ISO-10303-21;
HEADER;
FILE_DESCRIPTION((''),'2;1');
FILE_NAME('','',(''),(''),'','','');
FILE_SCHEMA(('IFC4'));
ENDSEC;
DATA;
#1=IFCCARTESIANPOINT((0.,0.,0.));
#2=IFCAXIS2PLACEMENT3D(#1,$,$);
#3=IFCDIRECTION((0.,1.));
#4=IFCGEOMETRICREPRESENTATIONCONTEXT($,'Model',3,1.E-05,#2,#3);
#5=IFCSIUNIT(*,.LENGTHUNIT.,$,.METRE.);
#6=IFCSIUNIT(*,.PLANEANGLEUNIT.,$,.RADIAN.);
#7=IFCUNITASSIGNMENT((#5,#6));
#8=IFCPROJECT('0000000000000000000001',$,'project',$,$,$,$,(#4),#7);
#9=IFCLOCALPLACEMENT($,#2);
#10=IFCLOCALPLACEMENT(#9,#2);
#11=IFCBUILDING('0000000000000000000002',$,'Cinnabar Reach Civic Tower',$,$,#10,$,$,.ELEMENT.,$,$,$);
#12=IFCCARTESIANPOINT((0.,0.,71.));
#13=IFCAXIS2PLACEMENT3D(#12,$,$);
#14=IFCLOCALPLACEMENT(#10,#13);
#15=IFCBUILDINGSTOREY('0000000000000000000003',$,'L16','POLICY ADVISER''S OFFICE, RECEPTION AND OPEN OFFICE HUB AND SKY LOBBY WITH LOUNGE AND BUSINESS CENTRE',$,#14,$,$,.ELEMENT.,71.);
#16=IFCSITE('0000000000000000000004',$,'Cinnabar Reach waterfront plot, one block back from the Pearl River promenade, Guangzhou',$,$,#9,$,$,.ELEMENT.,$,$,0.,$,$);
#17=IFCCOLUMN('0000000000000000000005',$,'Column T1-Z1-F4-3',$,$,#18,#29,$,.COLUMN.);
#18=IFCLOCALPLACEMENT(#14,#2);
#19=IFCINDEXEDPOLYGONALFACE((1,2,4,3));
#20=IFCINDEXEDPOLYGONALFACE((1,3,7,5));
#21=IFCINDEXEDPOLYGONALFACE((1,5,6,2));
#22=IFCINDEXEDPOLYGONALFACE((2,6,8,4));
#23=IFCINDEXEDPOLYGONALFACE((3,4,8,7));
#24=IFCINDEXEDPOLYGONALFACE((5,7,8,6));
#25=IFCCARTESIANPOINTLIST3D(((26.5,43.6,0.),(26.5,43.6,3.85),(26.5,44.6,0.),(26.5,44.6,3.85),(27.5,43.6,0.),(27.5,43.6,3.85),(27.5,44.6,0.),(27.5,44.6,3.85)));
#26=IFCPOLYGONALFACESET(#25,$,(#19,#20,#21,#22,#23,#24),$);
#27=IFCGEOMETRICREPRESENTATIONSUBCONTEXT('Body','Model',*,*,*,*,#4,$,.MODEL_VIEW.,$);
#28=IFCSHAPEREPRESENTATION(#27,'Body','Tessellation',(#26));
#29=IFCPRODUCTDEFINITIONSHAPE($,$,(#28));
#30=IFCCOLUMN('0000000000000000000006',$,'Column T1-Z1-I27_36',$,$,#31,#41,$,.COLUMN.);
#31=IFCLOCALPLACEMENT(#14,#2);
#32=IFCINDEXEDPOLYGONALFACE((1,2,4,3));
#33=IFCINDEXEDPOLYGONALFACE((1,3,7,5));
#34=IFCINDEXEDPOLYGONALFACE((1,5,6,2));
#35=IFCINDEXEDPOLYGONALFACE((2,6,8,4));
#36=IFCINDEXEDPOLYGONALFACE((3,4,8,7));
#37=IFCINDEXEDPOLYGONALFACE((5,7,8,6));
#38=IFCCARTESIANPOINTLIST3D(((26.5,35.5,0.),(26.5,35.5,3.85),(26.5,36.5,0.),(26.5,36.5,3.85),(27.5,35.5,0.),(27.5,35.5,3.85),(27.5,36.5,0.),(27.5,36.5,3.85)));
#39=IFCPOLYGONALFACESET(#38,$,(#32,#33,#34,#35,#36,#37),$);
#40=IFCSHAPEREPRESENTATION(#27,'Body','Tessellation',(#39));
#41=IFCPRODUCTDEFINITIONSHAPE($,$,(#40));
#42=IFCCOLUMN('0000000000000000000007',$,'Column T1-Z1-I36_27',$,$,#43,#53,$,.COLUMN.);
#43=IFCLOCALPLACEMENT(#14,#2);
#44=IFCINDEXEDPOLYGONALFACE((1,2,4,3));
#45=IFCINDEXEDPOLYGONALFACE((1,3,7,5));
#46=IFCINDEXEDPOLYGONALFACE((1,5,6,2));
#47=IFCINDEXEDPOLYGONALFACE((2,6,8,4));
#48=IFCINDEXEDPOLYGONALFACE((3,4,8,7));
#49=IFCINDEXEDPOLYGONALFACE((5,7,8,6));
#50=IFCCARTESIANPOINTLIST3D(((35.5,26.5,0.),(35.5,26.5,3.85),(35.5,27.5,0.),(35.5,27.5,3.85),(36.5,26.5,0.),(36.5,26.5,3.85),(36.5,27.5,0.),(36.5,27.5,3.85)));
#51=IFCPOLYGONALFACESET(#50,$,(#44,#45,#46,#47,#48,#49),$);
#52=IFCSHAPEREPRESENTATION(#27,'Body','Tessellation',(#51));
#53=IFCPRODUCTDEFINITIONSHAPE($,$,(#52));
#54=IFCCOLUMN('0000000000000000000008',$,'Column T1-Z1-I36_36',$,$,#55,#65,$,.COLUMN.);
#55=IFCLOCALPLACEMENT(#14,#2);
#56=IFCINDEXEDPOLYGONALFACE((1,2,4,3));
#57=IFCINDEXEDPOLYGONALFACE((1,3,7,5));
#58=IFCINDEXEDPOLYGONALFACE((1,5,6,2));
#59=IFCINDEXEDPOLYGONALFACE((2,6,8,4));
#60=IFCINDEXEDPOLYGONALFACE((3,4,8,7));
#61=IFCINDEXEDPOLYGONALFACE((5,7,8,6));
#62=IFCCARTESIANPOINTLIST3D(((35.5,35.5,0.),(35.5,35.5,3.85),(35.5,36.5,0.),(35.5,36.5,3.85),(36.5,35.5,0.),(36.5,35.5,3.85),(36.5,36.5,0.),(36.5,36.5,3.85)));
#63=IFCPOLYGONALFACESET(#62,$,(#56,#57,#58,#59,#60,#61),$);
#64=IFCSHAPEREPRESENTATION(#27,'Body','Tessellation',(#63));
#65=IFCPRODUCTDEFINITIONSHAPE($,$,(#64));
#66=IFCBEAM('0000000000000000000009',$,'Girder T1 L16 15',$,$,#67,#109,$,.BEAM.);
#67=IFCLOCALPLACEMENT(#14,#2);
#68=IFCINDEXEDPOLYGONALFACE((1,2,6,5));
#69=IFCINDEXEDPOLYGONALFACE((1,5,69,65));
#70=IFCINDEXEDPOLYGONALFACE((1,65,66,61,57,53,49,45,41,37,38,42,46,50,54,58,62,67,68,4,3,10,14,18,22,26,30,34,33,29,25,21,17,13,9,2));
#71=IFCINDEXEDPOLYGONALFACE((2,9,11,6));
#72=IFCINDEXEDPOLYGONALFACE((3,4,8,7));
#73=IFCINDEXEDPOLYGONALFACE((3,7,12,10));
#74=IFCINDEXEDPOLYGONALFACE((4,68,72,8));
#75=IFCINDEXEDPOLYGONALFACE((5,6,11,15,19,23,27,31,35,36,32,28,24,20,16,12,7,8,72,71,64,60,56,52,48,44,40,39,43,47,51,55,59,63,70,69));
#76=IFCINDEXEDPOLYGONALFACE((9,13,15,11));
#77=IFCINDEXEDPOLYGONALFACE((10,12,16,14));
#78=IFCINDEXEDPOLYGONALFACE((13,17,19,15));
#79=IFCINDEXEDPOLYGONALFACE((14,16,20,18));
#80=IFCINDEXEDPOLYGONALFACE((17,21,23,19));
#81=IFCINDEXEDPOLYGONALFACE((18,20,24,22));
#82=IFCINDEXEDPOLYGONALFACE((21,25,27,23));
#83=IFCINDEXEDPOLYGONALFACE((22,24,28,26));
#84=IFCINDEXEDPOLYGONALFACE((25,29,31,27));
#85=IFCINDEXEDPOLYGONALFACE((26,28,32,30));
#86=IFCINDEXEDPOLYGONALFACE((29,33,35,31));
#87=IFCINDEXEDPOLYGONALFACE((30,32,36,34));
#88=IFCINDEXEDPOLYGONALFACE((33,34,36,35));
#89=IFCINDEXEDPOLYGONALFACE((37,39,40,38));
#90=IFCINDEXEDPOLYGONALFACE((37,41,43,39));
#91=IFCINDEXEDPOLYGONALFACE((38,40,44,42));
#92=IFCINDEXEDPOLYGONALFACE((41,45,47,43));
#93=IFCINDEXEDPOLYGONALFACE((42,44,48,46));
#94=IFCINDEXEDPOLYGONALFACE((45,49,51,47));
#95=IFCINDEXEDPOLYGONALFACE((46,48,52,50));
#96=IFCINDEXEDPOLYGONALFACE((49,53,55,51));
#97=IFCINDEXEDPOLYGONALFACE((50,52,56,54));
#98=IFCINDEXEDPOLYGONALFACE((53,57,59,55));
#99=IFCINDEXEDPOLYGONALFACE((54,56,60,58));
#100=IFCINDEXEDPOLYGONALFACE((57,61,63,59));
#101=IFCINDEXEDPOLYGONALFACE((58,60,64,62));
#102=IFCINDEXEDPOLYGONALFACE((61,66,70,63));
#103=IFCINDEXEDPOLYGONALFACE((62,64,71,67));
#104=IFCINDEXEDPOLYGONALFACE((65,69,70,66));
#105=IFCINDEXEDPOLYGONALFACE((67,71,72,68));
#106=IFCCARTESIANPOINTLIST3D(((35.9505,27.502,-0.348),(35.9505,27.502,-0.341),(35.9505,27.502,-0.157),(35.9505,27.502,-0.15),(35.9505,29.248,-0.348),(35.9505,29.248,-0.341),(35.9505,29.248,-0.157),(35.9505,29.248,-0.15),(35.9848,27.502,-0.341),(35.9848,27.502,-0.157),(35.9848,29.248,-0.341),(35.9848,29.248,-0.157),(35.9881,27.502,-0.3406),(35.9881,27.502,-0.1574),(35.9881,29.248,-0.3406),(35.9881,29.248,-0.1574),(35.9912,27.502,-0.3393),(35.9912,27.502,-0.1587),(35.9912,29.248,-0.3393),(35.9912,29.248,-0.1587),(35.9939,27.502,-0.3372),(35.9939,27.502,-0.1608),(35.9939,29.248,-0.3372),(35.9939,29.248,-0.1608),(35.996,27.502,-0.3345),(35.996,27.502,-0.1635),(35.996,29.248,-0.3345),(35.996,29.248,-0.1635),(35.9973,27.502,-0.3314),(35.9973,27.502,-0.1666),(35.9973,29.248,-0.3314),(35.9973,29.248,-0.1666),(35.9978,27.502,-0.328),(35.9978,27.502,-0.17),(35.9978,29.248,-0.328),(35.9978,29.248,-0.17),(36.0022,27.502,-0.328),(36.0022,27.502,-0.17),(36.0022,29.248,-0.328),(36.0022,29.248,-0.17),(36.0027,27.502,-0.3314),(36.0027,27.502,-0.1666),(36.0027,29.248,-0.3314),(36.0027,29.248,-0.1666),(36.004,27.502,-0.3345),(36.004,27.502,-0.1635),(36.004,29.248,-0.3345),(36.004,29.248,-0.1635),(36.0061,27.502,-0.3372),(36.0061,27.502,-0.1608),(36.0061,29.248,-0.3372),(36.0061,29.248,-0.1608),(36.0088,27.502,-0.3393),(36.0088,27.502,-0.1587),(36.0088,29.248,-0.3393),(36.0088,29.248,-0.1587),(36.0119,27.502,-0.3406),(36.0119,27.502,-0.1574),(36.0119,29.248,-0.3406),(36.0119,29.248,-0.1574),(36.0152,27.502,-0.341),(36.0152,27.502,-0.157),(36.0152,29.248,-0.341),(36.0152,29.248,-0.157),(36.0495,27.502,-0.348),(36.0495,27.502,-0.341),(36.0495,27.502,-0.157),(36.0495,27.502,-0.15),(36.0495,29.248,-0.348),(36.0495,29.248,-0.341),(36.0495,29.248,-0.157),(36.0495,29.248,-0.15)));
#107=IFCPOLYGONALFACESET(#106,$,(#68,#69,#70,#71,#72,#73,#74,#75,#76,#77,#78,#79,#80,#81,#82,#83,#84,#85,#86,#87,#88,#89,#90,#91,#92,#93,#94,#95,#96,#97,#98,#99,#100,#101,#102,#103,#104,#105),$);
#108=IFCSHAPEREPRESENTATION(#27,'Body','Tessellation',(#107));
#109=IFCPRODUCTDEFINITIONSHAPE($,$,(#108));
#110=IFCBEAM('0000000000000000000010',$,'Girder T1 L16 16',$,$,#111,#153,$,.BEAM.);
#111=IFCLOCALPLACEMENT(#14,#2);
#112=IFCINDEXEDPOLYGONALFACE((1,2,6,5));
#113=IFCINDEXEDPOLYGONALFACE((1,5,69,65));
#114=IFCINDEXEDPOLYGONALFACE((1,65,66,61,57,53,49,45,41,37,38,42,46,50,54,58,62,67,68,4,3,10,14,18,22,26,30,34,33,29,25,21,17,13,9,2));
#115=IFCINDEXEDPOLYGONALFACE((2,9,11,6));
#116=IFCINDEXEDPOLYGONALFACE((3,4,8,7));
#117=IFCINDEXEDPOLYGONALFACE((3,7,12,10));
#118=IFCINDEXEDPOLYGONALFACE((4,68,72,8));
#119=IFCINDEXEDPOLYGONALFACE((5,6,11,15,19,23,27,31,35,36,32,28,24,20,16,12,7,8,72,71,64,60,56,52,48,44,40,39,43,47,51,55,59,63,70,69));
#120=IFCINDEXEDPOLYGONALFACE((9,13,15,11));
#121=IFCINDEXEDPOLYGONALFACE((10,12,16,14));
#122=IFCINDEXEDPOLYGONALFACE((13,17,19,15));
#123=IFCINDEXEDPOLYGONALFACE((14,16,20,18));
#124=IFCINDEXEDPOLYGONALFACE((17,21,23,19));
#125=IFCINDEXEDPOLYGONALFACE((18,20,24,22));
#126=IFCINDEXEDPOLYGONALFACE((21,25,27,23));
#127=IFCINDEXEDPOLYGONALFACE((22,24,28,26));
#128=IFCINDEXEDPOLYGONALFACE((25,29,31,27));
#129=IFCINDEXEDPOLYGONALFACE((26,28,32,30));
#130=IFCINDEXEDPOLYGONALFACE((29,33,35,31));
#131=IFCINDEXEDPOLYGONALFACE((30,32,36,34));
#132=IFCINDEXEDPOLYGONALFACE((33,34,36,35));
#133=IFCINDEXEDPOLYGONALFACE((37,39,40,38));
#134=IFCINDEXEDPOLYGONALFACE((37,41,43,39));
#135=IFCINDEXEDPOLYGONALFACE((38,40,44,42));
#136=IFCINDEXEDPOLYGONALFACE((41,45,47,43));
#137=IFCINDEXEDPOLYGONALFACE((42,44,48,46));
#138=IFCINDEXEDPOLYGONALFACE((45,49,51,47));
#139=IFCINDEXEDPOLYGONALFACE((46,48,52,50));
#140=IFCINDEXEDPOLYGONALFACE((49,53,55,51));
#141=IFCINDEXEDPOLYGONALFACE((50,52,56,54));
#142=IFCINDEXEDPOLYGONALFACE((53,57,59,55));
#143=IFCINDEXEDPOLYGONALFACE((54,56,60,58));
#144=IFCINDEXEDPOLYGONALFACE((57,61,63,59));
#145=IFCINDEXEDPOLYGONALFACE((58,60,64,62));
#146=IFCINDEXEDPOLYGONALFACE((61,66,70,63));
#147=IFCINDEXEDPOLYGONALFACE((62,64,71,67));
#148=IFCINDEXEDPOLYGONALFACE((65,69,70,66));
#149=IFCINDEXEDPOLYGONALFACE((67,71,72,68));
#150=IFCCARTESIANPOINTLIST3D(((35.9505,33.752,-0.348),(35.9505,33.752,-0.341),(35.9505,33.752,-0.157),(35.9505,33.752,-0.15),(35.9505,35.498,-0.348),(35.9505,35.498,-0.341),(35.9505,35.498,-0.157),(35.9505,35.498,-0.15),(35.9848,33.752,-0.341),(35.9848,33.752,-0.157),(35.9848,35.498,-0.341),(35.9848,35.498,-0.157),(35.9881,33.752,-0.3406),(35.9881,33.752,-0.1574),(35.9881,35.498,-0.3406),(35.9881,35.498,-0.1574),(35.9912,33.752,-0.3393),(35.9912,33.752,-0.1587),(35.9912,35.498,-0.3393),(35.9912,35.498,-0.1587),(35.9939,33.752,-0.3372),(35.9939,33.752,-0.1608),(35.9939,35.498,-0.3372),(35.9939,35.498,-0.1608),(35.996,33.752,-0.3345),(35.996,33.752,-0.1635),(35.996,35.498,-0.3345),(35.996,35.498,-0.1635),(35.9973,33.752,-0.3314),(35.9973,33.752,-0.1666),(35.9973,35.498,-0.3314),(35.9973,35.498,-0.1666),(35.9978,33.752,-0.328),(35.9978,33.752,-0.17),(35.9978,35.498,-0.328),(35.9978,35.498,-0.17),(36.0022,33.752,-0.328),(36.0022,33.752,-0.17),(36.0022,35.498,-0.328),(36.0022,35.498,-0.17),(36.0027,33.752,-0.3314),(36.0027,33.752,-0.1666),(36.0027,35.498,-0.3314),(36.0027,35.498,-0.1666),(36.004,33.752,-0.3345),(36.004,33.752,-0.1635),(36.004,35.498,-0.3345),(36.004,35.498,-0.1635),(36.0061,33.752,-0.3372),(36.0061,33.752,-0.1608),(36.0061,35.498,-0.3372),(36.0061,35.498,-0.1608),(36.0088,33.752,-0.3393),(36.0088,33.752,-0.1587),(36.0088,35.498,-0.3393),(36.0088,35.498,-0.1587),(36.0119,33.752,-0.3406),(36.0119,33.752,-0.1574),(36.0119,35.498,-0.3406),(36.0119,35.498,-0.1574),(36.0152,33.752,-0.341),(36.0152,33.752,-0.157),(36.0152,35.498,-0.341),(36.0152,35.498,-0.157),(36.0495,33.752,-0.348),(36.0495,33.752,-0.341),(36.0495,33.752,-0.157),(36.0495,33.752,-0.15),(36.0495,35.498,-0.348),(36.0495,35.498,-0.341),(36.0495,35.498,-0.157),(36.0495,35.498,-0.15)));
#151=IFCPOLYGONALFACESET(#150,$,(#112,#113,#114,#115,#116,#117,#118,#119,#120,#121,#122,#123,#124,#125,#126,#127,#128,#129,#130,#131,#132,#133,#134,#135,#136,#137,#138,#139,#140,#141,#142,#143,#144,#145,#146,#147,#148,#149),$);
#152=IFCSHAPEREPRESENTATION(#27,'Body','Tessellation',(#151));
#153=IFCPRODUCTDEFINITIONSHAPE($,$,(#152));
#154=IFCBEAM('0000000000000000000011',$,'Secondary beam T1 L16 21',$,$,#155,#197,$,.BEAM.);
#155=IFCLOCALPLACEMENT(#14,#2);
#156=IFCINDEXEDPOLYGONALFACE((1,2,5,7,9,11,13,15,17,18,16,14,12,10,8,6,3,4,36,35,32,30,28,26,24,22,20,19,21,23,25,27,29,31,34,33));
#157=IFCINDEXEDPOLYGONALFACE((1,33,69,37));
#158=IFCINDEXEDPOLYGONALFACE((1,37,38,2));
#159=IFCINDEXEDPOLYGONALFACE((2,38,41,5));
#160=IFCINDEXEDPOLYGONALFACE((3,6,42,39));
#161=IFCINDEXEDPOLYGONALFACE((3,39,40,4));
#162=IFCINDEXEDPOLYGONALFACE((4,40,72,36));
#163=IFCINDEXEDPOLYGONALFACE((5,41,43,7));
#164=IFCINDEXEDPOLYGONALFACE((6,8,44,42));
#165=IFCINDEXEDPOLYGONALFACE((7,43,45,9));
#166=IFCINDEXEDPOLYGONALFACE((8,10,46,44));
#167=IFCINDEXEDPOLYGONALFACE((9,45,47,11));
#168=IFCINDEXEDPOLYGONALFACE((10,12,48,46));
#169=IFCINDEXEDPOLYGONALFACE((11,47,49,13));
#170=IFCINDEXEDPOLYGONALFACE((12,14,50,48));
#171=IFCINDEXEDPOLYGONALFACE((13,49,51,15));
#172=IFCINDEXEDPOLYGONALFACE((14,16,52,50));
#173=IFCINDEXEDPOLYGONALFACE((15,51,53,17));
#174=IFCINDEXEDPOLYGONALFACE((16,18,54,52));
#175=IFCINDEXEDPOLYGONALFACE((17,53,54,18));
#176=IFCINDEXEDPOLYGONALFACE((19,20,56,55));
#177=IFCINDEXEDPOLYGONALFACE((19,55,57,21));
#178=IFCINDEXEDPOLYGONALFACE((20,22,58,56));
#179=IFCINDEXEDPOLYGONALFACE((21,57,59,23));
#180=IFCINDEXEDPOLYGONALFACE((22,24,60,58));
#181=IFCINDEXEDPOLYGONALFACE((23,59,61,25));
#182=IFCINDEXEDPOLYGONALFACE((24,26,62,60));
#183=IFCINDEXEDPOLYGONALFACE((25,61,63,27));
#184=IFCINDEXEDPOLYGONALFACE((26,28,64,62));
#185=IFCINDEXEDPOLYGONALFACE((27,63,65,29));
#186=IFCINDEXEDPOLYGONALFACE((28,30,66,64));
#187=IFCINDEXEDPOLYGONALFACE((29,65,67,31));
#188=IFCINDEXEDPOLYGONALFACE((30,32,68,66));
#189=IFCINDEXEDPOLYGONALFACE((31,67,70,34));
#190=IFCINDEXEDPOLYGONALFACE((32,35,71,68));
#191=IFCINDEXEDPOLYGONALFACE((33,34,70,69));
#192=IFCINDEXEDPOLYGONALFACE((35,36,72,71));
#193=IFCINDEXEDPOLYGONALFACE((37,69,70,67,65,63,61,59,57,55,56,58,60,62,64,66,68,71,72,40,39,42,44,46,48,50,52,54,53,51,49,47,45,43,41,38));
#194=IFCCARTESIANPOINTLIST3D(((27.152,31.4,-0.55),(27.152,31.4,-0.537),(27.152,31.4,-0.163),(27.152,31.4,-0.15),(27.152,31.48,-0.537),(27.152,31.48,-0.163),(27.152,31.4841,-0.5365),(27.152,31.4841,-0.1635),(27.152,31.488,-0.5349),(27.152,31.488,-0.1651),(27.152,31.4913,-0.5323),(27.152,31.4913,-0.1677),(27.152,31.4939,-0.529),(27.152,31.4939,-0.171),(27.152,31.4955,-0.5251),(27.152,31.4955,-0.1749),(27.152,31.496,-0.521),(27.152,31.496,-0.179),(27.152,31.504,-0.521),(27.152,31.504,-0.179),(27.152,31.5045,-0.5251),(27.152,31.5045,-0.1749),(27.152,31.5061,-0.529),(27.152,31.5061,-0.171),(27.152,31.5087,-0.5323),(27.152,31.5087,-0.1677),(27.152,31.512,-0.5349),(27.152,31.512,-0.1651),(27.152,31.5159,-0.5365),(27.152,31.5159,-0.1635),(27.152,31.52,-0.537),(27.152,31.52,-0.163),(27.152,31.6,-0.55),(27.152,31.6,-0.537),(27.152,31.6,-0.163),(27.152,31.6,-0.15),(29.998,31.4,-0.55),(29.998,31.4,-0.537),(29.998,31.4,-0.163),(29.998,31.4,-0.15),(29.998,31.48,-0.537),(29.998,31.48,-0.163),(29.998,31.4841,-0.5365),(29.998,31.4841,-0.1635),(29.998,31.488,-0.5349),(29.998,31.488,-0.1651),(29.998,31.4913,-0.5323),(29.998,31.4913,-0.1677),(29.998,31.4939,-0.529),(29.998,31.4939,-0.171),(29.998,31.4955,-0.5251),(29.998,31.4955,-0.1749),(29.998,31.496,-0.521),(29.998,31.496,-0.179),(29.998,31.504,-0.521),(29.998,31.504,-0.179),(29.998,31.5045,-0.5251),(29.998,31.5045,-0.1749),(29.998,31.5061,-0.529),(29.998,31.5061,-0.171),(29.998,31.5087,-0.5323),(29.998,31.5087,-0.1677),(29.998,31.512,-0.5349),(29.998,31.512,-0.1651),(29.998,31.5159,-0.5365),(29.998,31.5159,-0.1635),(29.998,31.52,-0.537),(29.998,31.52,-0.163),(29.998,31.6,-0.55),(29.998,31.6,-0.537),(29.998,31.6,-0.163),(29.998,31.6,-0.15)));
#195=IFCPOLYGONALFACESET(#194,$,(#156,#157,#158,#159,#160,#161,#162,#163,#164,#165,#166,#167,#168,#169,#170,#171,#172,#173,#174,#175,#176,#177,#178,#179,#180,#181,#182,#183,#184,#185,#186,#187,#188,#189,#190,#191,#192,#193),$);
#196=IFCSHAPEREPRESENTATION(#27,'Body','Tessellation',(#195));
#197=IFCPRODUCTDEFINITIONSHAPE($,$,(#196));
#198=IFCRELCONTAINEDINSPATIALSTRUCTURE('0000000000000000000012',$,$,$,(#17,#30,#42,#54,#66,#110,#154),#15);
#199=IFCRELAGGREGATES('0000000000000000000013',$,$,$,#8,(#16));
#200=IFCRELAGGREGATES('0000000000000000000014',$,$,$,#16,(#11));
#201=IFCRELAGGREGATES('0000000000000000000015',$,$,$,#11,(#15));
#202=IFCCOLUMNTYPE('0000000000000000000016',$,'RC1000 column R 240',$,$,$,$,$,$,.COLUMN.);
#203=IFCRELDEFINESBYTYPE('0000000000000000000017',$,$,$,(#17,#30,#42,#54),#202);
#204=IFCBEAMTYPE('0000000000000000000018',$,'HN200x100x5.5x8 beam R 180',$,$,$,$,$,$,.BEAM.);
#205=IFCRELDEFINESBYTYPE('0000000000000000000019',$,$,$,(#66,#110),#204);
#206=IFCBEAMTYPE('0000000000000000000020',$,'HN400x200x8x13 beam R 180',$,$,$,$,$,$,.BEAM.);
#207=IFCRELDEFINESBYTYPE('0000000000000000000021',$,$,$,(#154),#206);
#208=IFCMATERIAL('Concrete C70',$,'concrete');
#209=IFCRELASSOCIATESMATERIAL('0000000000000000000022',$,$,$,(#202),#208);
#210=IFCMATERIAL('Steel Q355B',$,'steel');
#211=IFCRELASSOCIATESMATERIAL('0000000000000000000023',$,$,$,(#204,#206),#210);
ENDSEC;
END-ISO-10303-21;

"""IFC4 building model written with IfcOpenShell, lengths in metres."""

from ifc_helpers import new_model, si_unit, direction, frame, origin, origin_2d, place, context, subcontext, project, spatial, rectangle, i_section, extrude, material, material_profile, profile_set, type_object, element, save


model = new_model("IFC4")

# Units and contexts
model_context = context("Model", 3, precision=1e-05, world=origin(), true_north=direction((0.0, 1.0)))
body_context = subcontext(model_context, "Body", "Model", "MODEL_VIEW")
ifc_project = project(units=[si_unit("LENGTHUNIT", "METRE"), si_unit("PLANEANGLEUNIT", "RADIAN")], contexts=[model_context])

# Site, building, storey
site_placement = place(None, origin())
site = spatial("IfcSite", under=ifc_project, at=site_placement, Name="Cinnabar Reach waterfront plot, one block back from the Pearl River promenade, Guangzhou", CompositionType="ELEMENT", RefElevation=0.0)
building_placement = place(site_placement, origin())
building = spatial("IfcBuilding", under=site, at=building_placement, Name="Cinnabar Reach Civic Tower", CompositionType="ELEMENT")
storey_placement = place(building_placement, frame((0.0, 0.0, 71.0)))
storey = spatial("IfcBuildingStorey", under=building, at=storey_placement, Name="L16", Description="POLICY ADVISER'S OFFICE, RECEPTION AND OPEN OFFICE HUB AND SKY LOBBY WITH LOUNGE AND BUSINESS CENTRE", CompositionType="ELEMENT", Elevation=71.0)

# Columns
ifc_material_1 = material(Name="Concrete C70", Category="concrete")
ifc_material_profile_1 = material_profile(ifc_material_1, rectangle(XDim=1.0, YDim=1.0, at=origin_2d()), Name="RC1000")
ifc_profile_set_1 = profile_set([ifc_material_profile_1], Name="Concrete C70")
column_type = type_object("IfcColumnType", Name="RC1000 column R 240", PredefinedType="COLUMN", material=ifc_profile_set_1)
for number, where, z_axis, x_axis, name in (
    (1, (27.0, 44.1, 0.0), (0.0, 0.0, 1.0), (1.0, 0.0, 0.0), "Column T1-Z1-F4-3"),
    (2, (27.0, 36.0, 0.0), (0.0, 0.0, 1.0), (1.0, 0.0, 0.0), "Column T1-Z1-I27_36"),
    (3, (36.0, 27.0, 0.0), (0.0, 0.0, 1.0), (1.0, 0.0, 0.0), "Column T1-Z1-I36_27"),
    (4, (36.0, 36.0, 0.0), (0.0, 0.0, 1.0), (1.0, 0.0, 0.0), "Column T1-Z1-I36_36"),
):
    element("IfcColumn", number, at=place(storey_placement, frame(where, z_axis=z_axis, x_axis=x_axis)), inside=storey, type_object=column_type, Name=name, PredefinedType="COLUMN", context=body_context, shape_type="SweptSolid", body=[
        extrude(rectangle(XDim=1.0, YDim=1.0, at=origin_2d()), origin(), (0.0, 0.0, 1.0), 3.85),
    ])

# Beams
ifc_material_2 = material(Name="Steel Q355B", Category="steel")
ifc_material_profile_2 = material_profile(ifc_material_2, i_section(OverallWidth=0.099, OverallDepth=0.198, WebThickness=0.0045, FlangeThickness=0.007, FilletRadius=0.013, at=origin_2d()), Name="HN200x100x5.5x8")
ifc_profile_set_2 = profile_set([ifc_material_profile_2], Name="Steel Q355B")
beam_type_1 = type_object("IfcBeamType", Name="HN200x100x5.5x8 beam R 180", PredefinedType="BEAM", material=ifc_profile_set_2)
for number, where, z_axis, x_axis, name in (
    (5, (36.0, 27.502, -0.249), (0.0, 1.0, 0.0), (-1.0, 0.0, 0.0), "Girder T1 L16 15"),
    (6, (36.0, 33.752, -0.249), (0.0, 1.0, 0.0), (-1.0, 0.0, 0.0), "Girder T1 L16 16"),
):
    element("IfcBeam", number, at=place(storey_placement, frame(where, z_axis=z_axis, x_axis=x_axis)), inside=storey, type_object=beam_type_1, Name=name, PredefinedType="BEAM", context=body_context, shape_type="SweptSolid", body=[
        extrude(i_section(OverallWidth=0.099, OverallDepth=0.198, WebThickness=0.0045, FlangeThickness=0.007, FilletRadius=0.013, at=origin_2d()), origin(), (0.0, 0.0, 1.0), 1.746),
    ])
ifc_material_profile_3 = material_profile(ifc_material_2, i_section(OverallWidth=0.2, OverallDepth=0.4, WebThickness=0.008, FlangeThickness=0.013, FilletRadius=0.016, at=origin_2d()), Name="HN400x200x8x13")
ifc_profile_set_3 = profile_set([ifc_material_profile_3], Name="Steel Q355B")
beam_type_2 = type_object("IfcBeamType", Name="HN400x200x8x13 beam R 180", PredefinedType="BEAM", material=ifc_profile_set_3)
beam_1_placement = place(storey_placement, frame((27.152, 31.5, -0.35), z_axis=(1.0, 0.0, 0.0), x_axis=(0.0, 1.0, 0.0)))
element("IfcBeam", 7, at=beam_1_placement, inside=storey, type_object=beam_type_2, Name="Secondary beam T1 L16 21", PredefinedType="BEAM", context=body_context, shape_type="SweptSolid", body=[
    extrude(i_section(OverallWidth=0.2, OverallDepth=0.4, WebThickness=0.008, FlangeThickness=0.013, FilletRadius=0.016, at=origin_2d()), origin(), (0.0, 0.0, 1.0), 2.846),
])

save(model, "model.ifc")
